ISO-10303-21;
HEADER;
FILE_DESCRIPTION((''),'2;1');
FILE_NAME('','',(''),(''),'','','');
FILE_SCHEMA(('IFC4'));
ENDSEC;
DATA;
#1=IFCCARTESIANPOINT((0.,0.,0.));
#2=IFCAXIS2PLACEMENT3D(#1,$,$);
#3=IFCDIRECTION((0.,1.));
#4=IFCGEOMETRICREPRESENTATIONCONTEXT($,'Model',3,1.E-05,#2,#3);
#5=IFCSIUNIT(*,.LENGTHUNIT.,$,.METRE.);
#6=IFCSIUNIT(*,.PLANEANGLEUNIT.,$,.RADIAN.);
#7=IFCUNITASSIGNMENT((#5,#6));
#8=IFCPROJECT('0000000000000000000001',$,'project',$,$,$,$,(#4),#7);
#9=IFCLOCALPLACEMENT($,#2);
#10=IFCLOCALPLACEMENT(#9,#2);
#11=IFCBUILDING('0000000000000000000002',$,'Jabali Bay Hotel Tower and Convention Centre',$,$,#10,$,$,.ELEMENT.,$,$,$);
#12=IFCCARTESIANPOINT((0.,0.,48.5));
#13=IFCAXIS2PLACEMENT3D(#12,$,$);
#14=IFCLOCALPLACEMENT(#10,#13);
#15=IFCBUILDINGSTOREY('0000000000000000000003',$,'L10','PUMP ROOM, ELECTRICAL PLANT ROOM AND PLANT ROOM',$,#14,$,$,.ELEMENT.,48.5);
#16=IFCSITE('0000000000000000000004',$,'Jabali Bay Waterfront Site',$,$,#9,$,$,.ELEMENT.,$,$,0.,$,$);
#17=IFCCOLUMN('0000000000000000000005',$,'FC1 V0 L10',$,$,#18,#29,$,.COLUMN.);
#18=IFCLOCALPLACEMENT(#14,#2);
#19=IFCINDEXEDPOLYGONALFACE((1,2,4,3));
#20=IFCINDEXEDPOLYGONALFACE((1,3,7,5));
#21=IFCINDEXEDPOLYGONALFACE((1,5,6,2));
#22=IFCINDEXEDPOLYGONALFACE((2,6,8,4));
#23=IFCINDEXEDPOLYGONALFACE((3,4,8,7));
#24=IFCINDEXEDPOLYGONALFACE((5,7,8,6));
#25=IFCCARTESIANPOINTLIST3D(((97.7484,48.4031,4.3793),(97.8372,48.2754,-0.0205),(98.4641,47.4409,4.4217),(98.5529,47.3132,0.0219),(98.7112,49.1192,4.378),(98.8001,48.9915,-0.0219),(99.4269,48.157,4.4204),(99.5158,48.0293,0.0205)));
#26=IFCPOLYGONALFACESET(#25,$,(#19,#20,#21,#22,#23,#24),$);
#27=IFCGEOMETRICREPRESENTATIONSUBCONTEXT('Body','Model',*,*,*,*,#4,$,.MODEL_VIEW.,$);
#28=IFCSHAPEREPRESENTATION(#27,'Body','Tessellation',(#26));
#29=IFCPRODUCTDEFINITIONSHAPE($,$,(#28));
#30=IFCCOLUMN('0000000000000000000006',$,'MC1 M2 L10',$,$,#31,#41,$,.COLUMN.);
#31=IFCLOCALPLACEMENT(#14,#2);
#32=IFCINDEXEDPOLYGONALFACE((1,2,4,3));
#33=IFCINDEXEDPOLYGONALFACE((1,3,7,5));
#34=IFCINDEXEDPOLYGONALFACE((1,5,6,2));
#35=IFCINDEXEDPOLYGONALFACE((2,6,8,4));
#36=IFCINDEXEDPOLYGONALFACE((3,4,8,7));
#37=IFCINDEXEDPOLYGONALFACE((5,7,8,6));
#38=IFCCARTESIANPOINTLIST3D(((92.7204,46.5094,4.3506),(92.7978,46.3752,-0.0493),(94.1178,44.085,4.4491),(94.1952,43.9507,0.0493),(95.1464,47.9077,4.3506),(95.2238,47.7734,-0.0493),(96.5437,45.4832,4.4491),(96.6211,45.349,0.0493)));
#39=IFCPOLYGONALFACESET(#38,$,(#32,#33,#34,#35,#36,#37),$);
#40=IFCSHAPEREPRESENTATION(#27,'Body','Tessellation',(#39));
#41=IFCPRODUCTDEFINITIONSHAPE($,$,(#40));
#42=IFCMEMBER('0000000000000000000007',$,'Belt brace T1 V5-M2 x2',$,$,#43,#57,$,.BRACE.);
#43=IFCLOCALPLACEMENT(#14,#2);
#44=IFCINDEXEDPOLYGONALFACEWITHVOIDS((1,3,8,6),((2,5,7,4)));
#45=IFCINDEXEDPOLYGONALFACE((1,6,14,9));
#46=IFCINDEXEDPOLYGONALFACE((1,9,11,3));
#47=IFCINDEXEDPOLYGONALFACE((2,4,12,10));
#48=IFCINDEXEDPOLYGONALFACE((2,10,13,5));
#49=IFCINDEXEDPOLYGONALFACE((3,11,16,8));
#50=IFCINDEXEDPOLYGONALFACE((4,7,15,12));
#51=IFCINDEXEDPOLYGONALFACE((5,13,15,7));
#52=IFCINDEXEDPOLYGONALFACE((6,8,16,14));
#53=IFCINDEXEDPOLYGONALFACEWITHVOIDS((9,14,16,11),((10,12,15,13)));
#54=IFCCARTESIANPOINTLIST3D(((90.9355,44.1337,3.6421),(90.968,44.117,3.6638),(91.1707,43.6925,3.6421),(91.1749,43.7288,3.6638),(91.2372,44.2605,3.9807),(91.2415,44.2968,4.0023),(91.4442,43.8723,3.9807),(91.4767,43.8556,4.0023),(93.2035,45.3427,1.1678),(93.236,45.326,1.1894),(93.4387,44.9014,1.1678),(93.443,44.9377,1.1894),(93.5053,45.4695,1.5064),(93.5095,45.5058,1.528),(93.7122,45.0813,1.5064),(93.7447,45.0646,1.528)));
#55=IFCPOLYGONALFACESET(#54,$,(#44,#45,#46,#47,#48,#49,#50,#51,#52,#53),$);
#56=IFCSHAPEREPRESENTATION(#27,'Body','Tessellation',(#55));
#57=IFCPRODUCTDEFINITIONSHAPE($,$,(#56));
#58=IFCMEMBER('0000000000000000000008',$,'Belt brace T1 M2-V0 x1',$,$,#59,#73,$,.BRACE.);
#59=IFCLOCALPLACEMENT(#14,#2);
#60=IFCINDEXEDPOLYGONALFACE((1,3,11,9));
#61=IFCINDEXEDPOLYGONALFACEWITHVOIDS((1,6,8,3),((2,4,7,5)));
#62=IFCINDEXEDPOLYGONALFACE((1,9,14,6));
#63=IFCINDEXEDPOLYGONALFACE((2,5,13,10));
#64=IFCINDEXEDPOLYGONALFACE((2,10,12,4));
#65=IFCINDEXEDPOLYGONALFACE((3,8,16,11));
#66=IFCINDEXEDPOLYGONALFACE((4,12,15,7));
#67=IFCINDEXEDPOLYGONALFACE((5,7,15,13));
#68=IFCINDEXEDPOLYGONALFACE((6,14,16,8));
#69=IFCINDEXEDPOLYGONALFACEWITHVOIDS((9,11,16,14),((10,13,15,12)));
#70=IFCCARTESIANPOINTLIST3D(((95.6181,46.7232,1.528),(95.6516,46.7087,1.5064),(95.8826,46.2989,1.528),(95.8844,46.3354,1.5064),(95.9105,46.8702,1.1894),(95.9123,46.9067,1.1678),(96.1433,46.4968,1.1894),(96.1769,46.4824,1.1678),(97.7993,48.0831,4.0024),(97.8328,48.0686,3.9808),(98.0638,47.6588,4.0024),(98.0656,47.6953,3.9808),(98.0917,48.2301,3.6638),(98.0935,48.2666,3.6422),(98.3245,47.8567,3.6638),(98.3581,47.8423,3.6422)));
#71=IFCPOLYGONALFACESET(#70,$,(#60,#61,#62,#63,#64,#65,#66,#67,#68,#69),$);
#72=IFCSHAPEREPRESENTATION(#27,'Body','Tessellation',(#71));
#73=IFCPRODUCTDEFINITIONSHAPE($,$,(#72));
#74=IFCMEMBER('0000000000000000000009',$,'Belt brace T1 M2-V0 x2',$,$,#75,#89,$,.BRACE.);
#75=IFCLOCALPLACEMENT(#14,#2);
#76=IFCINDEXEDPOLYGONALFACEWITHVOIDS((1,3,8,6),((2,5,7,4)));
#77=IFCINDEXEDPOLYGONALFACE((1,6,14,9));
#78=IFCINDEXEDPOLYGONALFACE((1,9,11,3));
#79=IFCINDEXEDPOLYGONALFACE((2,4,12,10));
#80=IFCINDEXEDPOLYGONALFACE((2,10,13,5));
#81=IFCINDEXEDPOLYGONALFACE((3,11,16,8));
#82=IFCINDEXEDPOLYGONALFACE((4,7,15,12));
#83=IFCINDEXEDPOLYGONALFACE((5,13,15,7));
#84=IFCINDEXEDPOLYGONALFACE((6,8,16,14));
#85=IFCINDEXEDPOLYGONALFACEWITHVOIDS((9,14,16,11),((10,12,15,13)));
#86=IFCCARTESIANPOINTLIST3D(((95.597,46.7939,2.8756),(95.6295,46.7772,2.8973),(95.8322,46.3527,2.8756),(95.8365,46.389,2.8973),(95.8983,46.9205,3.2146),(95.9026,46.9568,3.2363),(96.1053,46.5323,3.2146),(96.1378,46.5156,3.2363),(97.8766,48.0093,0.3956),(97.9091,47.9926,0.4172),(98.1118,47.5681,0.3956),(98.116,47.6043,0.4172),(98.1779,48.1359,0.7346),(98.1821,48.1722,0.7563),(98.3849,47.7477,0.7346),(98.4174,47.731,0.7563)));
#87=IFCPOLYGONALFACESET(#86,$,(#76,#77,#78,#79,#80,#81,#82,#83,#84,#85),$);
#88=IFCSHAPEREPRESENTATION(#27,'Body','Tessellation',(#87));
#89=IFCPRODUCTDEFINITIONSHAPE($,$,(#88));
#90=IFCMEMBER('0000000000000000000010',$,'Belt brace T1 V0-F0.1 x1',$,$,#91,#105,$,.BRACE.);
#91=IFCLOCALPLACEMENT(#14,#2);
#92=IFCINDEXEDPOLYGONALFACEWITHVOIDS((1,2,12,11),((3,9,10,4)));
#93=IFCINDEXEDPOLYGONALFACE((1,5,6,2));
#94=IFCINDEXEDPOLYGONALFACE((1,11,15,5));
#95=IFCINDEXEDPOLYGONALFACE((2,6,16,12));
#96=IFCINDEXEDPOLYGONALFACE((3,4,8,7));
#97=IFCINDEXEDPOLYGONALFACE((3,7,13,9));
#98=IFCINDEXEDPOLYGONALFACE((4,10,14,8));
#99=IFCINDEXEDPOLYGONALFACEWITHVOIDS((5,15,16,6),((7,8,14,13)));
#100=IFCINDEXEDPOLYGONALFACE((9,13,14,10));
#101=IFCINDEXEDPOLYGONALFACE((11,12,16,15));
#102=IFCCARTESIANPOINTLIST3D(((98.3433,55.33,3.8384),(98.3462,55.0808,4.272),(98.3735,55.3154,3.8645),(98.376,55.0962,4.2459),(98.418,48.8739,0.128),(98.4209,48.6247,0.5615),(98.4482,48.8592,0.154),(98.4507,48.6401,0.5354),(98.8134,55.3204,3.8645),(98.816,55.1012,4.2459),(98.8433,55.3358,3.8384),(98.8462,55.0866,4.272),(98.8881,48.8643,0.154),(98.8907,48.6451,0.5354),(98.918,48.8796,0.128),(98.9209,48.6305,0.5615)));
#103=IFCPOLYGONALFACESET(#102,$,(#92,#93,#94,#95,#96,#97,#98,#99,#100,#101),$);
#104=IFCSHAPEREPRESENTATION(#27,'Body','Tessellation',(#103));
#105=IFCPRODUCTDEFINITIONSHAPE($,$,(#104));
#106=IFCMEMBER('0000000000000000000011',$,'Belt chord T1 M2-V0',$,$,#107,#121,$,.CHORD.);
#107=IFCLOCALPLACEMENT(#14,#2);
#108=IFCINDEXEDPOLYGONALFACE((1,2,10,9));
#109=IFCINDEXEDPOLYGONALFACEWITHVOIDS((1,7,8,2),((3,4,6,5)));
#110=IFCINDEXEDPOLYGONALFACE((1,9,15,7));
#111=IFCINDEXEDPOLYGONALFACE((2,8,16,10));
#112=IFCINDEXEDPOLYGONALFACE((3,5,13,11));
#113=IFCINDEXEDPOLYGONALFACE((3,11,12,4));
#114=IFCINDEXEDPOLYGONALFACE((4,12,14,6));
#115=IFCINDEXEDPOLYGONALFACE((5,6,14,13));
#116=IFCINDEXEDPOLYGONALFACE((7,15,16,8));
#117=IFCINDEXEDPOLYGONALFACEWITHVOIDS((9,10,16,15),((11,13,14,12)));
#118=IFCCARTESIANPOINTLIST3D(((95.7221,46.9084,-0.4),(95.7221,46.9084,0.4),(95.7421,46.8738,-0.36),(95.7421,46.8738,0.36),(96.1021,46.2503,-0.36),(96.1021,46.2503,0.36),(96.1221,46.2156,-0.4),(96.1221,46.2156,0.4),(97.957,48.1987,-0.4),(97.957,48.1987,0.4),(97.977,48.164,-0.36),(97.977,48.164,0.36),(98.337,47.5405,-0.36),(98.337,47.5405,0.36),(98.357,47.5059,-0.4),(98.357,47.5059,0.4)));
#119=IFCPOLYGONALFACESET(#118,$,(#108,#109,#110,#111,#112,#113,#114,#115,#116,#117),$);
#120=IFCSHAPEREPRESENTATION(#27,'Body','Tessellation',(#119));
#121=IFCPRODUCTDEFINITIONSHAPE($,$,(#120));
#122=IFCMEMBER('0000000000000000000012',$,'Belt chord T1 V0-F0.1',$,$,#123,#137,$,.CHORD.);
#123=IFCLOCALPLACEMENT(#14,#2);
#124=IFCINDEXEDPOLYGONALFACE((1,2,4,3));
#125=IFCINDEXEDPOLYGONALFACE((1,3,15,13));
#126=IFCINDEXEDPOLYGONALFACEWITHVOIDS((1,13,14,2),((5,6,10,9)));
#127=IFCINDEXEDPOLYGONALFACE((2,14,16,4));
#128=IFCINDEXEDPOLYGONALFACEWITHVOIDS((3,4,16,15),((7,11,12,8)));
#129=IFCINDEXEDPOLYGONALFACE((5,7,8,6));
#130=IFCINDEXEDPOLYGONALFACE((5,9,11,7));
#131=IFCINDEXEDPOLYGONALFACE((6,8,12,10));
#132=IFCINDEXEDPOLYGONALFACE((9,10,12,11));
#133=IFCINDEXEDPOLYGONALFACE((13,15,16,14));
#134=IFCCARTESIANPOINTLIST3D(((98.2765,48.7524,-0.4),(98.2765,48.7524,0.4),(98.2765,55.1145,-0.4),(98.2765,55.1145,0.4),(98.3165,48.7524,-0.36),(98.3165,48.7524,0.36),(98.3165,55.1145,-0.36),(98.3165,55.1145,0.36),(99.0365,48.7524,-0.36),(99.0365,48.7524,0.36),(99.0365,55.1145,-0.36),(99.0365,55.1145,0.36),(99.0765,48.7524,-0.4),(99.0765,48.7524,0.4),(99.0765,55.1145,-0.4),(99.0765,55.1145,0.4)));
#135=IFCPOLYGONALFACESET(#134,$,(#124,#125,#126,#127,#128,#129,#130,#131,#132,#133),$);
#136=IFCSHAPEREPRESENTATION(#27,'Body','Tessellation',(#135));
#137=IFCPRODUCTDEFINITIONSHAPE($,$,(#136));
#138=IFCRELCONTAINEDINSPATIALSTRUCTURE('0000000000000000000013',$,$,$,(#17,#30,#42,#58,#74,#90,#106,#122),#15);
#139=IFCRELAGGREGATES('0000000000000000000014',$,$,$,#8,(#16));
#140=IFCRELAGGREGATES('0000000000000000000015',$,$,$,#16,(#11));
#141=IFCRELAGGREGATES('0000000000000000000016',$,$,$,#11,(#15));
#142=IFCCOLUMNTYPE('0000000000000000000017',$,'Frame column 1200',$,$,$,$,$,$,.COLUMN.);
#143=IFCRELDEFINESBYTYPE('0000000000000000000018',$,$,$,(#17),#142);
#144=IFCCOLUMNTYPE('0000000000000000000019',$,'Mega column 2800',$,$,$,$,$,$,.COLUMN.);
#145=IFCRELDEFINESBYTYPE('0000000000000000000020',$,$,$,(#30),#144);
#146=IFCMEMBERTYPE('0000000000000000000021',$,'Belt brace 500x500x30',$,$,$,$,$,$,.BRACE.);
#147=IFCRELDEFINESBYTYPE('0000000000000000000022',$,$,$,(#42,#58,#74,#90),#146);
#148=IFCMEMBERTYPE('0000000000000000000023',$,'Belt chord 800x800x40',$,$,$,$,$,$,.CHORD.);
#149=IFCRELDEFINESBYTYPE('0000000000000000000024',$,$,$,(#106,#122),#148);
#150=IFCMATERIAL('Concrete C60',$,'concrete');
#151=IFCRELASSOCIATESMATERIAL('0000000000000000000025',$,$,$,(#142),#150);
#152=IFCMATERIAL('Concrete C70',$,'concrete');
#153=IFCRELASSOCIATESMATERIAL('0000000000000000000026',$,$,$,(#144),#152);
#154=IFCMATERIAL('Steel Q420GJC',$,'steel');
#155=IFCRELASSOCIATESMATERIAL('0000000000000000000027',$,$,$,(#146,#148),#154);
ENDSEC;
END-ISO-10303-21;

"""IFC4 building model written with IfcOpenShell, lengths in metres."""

from ifc_helpers import new_model, si_unit, direction, frame, origin, origin_2d, place, context, subcontext, project, spatial, rectangle, hollow_rectangle, extrude, material, material_profile, profile_set, type_object, element, save


model = new_model("IFC4")

# Units and contexts
model_context = context("Model", 3, precision=1e-05, world=origin(), true_north=direction((0.0, 1.0)))
body_context = subcontext(model_context, "Body", "Model", "MODEL_VIEW")
ifc_project = project(units=[si_unit("LENGTHUNIT", "METRE"), si_unit("PLANEANGLEUNIT", "RADIAN")], contexts=[model_context])

# Site, building, storey
site_placement = place(None, origin())
site = spatial("IfcSite", under=ifc_project, at=site_placement, Name="Jabali Bay Waterfront Site", CompositionType="ELEMENT", RefElevation=0.0)
building_placement = place(site_placement, origin())
building = spatial("IfcBuilding", under=site, at=building_placement, Name="Jabali Bay Hotel Tower and Convention Centre", CompositionType="ELEMENT")
storey_placement = place(building_placement, frame((0.0, 0.0, 48.5)))
storey = spatial("IfcBuildingStorey", under=building, at=storey_placement, Name="L10", Description="PUMP ROOM, ELECTRICAL PLANT ROOM AND PLANT ROOM", CompositionType="ELEMENT", Elevation=48.5)

# Columns
ifc_material_1 = material(Name="Concrete C60", Category="concrete")
ifc_material_profile_1 = material_profile(ifc_material_1, rectangle(XDim=1.2, YDim=1.2, at=origin_2d()), Name="Frame column 1200")
ifc_profile_set_1 = profile_set([ifc_material_profile_1], Name="Concrete C60")
column_type_1 = type_object("IfcColumnType", Name="Frame column 1200", PredefinedType="COLUMN", material=ifc_profile_set_1)
column_1_placement = place(storey_placement, frame((98.6765, 48.1523, 0.0), z_axis=(-0.020185, 0.029002, 0.999376), x_axis=(-0.802417, -0.596763, 0.001111)))
element("IfcColumn", 1, at=column_1_placement, inside=storey, type_object=column_type_1, Name="FC1 V0 L10", PredefinedType="COLUMN", context=body_context, shape_type="SweptSolid", body=[
    extrude(rectangle(XDim=1.2, YDim=1.2, at=origin_2d()), origin(), (0.0, 0.0, 1.0), 4.4026),
])
ifc_material_2 = material(Name="Concrete C70", Category="concrete")
ifc_material_profile_2 = material_profile(ifc_material_2, rectangle(XDim=2.8, YDim=2.8, at=origin_2d()), Name="Mega column 2800")
ifc_profile_set_2 = profile_set([ifc_material_profile_2], Name="Concrete C70")
column_type_2 = type_object("IfcColumnType", Name="Mega column 2800", PredefinedType="COLUMN", material=ifc_profile_set_2)
column_2_placement = place(storey_placement, frame((94.7095, 45.8621, 0.0), z_axis=(-0.017579, 0.030499, 0.99938), x_axis=(0.499049, -0.865859, 0.035203)))
element("IfcColumn", 2, at=column_2_placement, inside=storey, type_object=column_type_2, Name="MC1 M2 L10", PredefinedType="COLUMN", context=body_context, shape_type="SweptSolid", body=[
    extrude(rectangle(XDim=2.8, YDim=2.8, at=origin_2d()), origin(), (0.0, 0.0, 1.0), 4.4026),
])

# Members
ifc_material_3 = material(Name="Steel Q420GJC", Category="steel")
ifc_material_profile_3 = material_profile(ifc_material_3, hollow_rectangle(XDim=0.5, YDim=0.5, WallThickness=0.03, at=origin_2d()), Name="Belt brace 500x500x30")
ifc_profile_set_3 = profile_set([ifc_material_profile_3], Name="Steel Q420GJC")
member_type_1 = type_object("IfcMemberType", Name="Belt brace 500x500x30", PredefinedType="BRACE", material=ifc_profile_set_3)
member_1_placement = place(storey_placement, frame((93.4741, 45.2036, 1.3479), z_axis=(-0.635728, -0.338872, 0.693553), x_axis=(0.470391, -0.882458, 0.0)))
element("IfcMember", 3, at=member_1_placement, inside=storey, type_object=member_type_1, Name="Belt brace T1 V5-M2 x2", PredefinedType="BRACE", context=body_context, shape_type="SweptSolid", body=[
    extrude(hollow_rectangle(XDim=0.5, YDim=0.5, WallThickness=0.03, at=origin_2d()), origin(), (0.0, 0.0, 1.0), 3.5676),
])
member_2_placement = place(storey_placement, frame((95.8975, 46.6028, 1.3479), z_axis=(0.611345, 0.38115, 0.693529), x_axis=(-0.529059, 0.848585, 0.0)))
element("IfcMember", 4, at=member_2_placement, inside=storey, type_object=member_type_1, Name="Belt brace T1 M2-V0 x1", PredefinedType="BRACE", context=body_context, shape_type="SweptSolid", body=[
    extrude(hollow_rectangle(XDim=0.5, YDim=0.5, WallThickness=0.03, at=origin_2d()), origin(), (0.0, 0.0, 1.0), 3.5679),
])
member_3_placement = place(storey_placement, frame((98.147, 47.8701, 0.5759), z_axis=(-0.636563, -0.339382, 0.692536), x_axis=(0.470461, -0.882421, 0.0)))
element("IfcMember", 5, at=member_3_placement, inside=storey, type_object=member_type_1, Name="Belt brace T1 M2-V0 x2", PredefinedType="BRACE", context=body_context, shape_type="SweptSolid", body=[
    extrude(hollow_rectangle(XDim=0.5, YDim=0.5, WallThickness=0.03, at=origin_2d()), origin(), (0.0, 0.0, 1.0), 3.5811),
])
member_4_placement = place(storey_placement, frame((98.6694, 48.7522, 0.3447), z_axis=(-0.010032, 0.866966, 0.498266), x_axis=(-0.999933, -0.011571, 0.0)))
element("IfcMember", 6, at=member_4_placement, inside=storey, type_object=member_type_1, Name="Belt brace T1 V0-F0.1 x1", PredefinedType="BRACE", context=body_context, shape_type="SweptSolid", body=[
    extrude(hollow_rectangle(XDim=0.5, YDim=0.5, WallThickness=0.03, at=origin_2d()), origin(), (0.0, 0.0, 1.0), 7.4468),
])
ifc_material_profile_4 = material_profile(ifc_material_3, hollow_rectangle(XDim=0.8, YDim=0.8, WallThickness=0.04, at=origin_2d()), Name="Belt chord 800x800x40")
ifc_profile_set_4 = profile_set([ifc_material_profile_4], Name="Steel Q420GJC")
member_type_2 = type_object("IfcMemberType", Name="Belt chord 800x800x40", PredefinedType="CHORD", material=ifc_profile_set_4)
member_5_placement = place(storey_placement, frame((95.9221, 46.562, 0.0), z_axis=(0.866028, 0.499995, 0.0), x_axis=(-0.499995, 0.866028, 0.0)))
element("IfcMember", 7, at=member_5_placement, inside=storey, type_object=member_type_2, Name="Belt chord T1 M2-V0", PredefinedType="CHORD", context=body_context, shape_type="SweptSolid", body=[
    extrude(hollow_rectangle(XDim=0.8, YDim=0.8, WallThickness=0.04, at=origin_2d()), origin(), (0.0, 0.0, 1.0), 2.5806),
])
member_6_placement = place(storey_placement, frame((98.6765, 48.7524, 0.0), z_axis=(0.0, 1.0, 0.0), x_axis=(-1.0, 0.0, 0.0)))
element("IfcMember", 8, at=member_6_placement, inside=storey, type_object=member_type_2, Name="Belt chord T1 V0-F0.1", PredefinedType="CHORD", context=body_context, shape_type="SweptSolid", body=[
    extrude(hollow_rectangle(XDim=0.8, YDim=0.8, WallThickness=0.04, at=origin_2d()), origin(), (0.0, 0.0, 1.0), 6.3621),
])

save(model, "model.ifc")
